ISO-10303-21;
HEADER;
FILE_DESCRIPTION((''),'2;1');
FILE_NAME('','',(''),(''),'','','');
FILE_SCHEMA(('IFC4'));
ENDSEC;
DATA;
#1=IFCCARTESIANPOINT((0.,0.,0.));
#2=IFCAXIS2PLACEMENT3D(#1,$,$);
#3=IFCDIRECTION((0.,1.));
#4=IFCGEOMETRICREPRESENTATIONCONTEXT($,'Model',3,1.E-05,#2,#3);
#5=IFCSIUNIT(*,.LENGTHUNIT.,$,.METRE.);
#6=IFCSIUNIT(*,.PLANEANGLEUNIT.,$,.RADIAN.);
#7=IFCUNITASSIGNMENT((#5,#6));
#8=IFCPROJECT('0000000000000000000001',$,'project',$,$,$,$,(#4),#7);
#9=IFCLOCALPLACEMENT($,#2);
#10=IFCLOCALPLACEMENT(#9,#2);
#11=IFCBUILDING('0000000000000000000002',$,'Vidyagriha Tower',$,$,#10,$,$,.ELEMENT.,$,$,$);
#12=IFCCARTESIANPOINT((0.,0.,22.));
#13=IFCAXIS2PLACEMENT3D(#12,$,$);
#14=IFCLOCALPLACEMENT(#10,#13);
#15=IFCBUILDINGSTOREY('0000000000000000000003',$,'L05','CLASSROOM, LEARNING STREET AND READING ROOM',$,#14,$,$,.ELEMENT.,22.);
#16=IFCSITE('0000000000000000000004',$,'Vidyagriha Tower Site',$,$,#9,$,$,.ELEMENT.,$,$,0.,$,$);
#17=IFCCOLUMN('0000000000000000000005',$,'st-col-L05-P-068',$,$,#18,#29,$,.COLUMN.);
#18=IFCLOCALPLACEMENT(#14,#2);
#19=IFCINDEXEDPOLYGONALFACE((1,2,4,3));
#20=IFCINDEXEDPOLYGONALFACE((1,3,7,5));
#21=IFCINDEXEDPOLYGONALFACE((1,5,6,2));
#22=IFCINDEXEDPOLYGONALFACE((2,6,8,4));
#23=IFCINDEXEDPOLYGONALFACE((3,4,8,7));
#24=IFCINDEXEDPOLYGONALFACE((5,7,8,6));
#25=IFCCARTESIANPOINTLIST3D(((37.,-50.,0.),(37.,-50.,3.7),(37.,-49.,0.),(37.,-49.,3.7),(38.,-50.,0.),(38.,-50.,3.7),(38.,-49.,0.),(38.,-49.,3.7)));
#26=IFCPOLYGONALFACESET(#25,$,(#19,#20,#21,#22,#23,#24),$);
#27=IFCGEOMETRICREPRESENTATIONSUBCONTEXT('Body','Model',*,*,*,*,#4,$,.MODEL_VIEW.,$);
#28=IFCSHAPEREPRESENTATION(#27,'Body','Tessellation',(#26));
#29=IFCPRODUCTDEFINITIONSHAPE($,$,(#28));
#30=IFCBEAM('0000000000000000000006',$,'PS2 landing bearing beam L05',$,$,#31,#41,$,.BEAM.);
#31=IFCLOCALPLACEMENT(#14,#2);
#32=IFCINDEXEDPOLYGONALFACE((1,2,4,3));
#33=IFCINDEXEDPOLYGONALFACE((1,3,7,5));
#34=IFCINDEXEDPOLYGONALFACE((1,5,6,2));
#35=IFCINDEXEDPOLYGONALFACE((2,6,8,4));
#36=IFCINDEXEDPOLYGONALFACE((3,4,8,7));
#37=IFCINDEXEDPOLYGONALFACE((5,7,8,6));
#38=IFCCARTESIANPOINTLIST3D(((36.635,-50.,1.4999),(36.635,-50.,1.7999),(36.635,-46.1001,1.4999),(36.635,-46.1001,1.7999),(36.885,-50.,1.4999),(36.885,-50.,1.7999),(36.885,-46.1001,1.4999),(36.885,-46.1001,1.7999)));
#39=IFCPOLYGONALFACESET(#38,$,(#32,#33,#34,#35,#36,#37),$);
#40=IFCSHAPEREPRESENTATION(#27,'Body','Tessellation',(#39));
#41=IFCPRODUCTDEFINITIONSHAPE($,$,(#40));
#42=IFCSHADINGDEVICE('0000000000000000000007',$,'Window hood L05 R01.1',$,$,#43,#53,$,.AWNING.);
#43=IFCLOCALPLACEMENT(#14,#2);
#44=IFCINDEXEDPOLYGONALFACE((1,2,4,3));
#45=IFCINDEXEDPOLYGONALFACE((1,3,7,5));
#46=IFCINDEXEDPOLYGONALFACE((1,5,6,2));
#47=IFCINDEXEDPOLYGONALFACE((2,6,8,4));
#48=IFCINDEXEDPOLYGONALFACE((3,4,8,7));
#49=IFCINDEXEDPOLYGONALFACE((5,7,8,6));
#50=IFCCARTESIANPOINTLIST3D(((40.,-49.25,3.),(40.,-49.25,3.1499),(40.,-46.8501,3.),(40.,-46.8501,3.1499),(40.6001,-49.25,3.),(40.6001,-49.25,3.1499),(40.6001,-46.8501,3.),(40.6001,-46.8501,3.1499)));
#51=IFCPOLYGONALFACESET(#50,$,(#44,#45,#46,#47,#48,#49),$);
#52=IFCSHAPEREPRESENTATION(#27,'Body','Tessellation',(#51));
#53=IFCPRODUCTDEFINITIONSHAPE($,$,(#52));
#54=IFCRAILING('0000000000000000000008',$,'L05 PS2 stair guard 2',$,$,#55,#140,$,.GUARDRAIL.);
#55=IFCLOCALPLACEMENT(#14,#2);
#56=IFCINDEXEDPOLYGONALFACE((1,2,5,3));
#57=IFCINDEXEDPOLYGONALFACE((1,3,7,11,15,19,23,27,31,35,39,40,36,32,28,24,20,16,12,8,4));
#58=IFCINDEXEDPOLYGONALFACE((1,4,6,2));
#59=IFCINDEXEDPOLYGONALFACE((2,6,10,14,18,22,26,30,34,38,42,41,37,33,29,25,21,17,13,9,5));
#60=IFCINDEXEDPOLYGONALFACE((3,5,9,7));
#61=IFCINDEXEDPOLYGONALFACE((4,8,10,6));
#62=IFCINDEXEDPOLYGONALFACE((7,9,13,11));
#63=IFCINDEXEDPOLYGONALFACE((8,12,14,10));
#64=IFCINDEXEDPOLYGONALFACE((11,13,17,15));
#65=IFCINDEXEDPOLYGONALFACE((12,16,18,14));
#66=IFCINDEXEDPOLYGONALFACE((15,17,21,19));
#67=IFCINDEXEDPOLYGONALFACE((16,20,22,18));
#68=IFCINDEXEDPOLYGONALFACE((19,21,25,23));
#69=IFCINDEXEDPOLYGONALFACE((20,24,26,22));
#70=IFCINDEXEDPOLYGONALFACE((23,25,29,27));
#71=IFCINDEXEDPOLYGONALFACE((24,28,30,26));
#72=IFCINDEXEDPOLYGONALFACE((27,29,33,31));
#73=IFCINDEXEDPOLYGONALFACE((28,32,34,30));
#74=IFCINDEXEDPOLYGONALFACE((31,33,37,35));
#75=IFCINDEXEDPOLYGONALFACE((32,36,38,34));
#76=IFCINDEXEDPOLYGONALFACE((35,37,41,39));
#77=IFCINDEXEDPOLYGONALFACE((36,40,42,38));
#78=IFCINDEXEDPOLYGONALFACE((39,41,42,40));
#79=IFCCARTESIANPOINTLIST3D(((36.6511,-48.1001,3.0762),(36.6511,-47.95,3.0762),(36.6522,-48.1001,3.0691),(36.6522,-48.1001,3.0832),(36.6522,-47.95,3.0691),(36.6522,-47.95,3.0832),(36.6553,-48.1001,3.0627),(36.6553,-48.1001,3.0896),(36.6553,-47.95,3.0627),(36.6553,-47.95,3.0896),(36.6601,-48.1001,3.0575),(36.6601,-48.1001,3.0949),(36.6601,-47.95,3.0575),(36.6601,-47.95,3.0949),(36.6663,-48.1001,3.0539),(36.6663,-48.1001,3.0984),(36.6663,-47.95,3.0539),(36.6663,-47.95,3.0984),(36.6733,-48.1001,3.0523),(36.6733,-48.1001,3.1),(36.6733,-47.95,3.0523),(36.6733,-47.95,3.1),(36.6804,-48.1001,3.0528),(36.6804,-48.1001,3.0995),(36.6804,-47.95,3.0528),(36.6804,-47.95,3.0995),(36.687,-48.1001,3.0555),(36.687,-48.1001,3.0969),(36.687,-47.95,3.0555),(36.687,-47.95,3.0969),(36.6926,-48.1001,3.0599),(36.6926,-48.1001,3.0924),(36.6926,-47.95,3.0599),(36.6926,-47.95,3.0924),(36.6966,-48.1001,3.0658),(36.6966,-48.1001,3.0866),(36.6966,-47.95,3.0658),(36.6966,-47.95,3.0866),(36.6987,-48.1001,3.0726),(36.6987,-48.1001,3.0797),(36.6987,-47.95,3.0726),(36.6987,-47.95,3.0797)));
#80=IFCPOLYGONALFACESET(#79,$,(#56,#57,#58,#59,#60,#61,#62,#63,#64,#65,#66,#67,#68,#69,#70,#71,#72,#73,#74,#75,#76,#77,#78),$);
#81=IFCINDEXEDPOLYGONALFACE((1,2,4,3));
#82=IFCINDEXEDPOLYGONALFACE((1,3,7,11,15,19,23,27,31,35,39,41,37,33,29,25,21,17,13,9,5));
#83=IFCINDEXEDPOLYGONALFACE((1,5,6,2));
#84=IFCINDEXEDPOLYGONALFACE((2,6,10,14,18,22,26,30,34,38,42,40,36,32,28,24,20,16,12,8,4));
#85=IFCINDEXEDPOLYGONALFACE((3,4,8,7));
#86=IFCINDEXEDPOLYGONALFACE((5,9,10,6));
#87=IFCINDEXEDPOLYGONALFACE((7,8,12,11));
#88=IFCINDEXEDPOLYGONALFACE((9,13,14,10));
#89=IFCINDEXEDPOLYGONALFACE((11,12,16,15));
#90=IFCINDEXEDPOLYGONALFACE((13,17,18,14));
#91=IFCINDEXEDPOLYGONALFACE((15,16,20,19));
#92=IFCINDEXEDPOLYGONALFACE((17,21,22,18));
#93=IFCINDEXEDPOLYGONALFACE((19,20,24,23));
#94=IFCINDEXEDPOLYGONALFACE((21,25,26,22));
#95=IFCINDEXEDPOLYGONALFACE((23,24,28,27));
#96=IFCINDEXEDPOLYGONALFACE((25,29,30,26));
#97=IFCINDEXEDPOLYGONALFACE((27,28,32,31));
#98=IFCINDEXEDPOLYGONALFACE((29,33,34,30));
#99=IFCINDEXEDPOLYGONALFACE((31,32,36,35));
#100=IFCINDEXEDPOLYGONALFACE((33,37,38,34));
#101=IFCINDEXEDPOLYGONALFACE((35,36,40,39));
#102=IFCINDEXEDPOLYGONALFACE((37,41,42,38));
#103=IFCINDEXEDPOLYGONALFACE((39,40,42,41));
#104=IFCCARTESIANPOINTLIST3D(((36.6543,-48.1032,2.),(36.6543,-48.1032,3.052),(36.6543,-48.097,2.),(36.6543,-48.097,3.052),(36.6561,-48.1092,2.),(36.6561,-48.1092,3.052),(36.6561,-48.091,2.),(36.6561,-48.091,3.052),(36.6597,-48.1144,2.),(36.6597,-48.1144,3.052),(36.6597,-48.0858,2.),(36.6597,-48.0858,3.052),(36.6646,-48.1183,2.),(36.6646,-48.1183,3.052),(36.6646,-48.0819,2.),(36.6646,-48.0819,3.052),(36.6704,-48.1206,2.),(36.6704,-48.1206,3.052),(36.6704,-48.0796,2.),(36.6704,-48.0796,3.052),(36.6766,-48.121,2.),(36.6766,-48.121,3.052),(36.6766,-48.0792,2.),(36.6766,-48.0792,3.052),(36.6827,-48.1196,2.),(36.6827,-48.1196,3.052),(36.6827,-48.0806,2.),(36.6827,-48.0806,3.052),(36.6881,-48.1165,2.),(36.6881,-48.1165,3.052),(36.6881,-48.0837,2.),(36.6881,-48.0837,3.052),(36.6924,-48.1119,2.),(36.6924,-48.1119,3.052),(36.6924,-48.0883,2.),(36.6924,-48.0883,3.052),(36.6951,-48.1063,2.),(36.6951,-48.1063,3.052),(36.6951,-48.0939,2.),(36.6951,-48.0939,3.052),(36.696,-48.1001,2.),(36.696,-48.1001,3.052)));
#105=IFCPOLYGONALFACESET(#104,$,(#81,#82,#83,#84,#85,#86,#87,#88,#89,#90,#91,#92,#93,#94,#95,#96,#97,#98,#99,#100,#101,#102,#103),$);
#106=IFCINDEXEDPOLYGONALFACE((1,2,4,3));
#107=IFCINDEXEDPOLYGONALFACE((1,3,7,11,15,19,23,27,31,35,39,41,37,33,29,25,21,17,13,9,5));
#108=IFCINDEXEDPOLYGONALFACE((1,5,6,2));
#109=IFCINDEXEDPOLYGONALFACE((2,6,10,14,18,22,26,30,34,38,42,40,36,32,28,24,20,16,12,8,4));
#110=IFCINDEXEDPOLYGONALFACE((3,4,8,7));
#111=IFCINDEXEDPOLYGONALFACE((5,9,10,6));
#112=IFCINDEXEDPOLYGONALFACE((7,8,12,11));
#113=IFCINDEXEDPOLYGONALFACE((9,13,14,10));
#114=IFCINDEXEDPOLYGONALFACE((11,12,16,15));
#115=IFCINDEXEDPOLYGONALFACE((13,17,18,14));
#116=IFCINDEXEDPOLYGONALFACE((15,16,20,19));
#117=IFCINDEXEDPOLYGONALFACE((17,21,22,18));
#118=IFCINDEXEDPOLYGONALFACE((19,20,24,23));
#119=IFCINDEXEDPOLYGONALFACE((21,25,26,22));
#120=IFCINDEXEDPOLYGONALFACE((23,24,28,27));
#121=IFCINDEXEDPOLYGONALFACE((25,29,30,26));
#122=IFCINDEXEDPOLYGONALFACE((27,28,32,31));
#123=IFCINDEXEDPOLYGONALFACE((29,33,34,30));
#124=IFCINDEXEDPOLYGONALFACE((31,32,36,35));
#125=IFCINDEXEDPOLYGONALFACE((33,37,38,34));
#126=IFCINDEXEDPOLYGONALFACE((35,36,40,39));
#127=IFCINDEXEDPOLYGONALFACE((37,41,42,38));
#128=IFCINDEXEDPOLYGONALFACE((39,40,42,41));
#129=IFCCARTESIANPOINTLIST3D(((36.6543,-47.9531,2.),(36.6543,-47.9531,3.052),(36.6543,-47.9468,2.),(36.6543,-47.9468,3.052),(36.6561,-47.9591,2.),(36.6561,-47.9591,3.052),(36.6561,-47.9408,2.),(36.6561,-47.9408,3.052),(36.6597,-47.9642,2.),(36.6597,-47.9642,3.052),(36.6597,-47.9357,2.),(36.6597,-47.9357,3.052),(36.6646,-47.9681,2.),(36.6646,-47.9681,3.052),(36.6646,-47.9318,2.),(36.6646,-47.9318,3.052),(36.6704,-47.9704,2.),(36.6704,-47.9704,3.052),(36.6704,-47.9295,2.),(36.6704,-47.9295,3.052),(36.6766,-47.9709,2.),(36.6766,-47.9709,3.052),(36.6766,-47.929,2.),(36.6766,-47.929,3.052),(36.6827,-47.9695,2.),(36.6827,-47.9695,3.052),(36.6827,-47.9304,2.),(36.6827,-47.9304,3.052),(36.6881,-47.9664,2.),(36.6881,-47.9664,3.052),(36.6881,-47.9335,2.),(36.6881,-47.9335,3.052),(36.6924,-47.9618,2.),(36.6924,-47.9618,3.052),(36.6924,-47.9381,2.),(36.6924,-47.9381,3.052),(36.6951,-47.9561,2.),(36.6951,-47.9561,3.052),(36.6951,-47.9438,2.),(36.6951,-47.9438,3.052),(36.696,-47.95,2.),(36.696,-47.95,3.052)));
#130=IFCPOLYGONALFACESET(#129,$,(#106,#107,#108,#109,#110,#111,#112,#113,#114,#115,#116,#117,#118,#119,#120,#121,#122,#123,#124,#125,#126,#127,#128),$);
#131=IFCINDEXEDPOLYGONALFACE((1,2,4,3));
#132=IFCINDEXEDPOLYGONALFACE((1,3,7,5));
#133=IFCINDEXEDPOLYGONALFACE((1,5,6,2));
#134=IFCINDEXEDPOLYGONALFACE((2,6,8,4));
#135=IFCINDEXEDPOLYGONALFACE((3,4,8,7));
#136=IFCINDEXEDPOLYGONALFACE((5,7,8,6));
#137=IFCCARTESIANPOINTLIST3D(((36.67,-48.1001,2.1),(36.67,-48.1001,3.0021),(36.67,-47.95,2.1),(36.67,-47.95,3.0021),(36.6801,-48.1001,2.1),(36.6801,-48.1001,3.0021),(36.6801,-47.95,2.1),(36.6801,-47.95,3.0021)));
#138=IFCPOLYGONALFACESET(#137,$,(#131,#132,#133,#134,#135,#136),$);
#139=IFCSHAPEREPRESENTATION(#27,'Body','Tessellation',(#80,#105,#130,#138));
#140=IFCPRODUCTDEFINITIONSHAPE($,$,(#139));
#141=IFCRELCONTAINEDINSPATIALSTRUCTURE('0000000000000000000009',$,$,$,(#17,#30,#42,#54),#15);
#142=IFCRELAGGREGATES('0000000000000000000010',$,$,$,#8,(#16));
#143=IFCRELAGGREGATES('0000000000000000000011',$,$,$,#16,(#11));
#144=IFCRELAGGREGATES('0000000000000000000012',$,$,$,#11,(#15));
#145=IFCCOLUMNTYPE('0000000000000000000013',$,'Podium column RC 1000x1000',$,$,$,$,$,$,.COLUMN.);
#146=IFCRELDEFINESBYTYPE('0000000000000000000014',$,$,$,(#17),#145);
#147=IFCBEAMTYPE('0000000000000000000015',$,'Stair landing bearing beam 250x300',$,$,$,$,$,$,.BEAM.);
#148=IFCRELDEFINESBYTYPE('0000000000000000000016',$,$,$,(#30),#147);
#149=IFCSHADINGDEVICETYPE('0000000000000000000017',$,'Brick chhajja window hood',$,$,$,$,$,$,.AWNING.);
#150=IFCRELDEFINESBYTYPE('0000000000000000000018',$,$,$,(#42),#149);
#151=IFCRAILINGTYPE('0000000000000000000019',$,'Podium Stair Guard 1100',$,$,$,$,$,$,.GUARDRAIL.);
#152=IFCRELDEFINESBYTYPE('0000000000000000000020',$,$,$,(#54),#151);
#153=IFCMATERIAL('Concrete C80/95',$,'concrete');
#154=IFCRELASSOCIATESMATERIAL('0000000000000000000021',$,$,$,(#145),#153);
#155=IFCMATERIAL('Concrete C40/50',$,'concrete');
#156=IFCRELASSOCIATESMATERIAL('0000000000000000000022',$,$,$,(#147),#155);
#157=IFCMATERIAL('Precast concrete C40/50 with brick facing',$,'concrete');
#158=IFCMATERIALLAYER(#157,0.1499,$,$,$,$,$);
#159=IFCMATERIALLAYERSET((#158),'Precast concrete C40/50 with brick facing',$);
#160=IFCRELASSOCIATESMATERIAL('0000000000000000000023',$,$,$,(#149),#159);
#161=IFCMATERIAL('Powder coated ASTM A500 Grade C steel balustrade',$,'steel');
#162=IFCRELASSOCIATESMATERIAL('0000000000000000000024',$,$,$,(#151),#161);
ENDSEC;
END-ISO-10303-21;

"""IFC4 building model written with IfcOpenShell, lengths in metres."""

from ifc_helpers import new_model, si_unit, direction, frame, origin, origin_2d, place, context, subcontext, project, spatial, rectangle, circle, extrude, material, layer, layer_set, material_profile, profile_set, type_object, element, save


model = new_model("IFC4")

# Units and contexts
model_context = context("Model", 3, precision=1e-05, world=origin(), true_north=direction((0.0, 1.0)))
body_context = subcontext(model_context, "Body", "Model", "MODEL_VIEW")
ifc_project = project(units=[si_unit("LENGTHUNIT", "METRE"), si_unit("PLANEANGLEUNIT", "RADIAN")], contexts=[model_context])

# Site, building, storey
site_placement = place(None, origin())
site = spatial("IfcSite", under=ifc_project, at=site_placement, Name="Vidyagriha Tower Site", CompositionType="ELEMENT", RefElevation=0.0)
building_placement = place(site_placement, origin())
building = spatial("IfcBuilding", under=site, at=building_placement, Name="Vidyagriha Tower", CompositionType="ELEMENT")
storey_placement = place(building_placement, frame((0.0, 0.0, 22.0)))
storey = spatial("IfcBuildingStorey", under=building, at=storey_placement, Name="L05", Description="CLASSROOM, LEARNING STREET AND READING ROOM", CompositionType="ELEMENT", Elevation=22.0)

# Column
ifc_material_1 = material(Name="Concrete C80/95", Category="concrete")
ifc_material_profile_1 = material_profile(ifc_material_1, rectangle(XDim=1.0, YDim=1.0, at=origin_2d()), Name="RC 1000x1000")
ifc_profile_set_1 = profile_set([ifc_material_profile_1], Name="Concrete C80/95")
column_type = type_object("IfcColumnType", Name="Podium column RC 1000x1000", PredefinedType="COLUMN", material=ifc_profile_set_1)
column_placement = place(storey_placement, frame((37.5, -49.5, 0.0)))
element("IfcColumn", 1, at=column_placement, inside=storey, type_object=column_type, Name="st-col-L05-P-068", PredefinedType="COLUMN", context=body_context, shape_type="SweptSolid", body=[
    extrude(rectangle(XDim=1.0, YDim=1.0, at=origin_2d()), origin(), (0.0, 0.0, 1.0), 3.7),
])

# Beam
ifc_material_2 = material(Name="Concrete C40/50", Category="concrete")
ifc_material_profile_2 = material_profile(ifc_material_2, rectangle(XDim=0.25, YDim=0.3, at=origin_2d()), Name="Stair landing bearing beam 250x300")
ifc_profile_set_2 = profile_set([ifc_material_profile_2], Name="Concrete C40/50")
beam_type = type_object("IfcBeamType", Name="Stair landing bearing beam 250x300", PredefinedType="BEAM", material=ifc_profile_set_2)
beam_placement = place(storey_placement, frame((36.76, -50.0, 1.6499), z_axis=(0.0, 1.0, 0.0), x_axis=(-1.0, 0.0, 0.0)))
element("IfcBeam", 2, at=beam_placement, inside=storey, type_object=beam_type, Name="PS2 landing bearing beam L05", PredefinedType="BEAM", context=body_context, shape_type="SweptSolid", body=[
    extrude(rectangle(XDim=0.25, YDim=0.3, at=origin_2d()), origin(), (0.0, 0.0, 1.0), 3.8999),
])

# Shading device
ifc_material_3 = material(Name="Precast concrete C40/50 with brick facing", Category="concrete")
ifc_layer_1 = layer(ifc_material_3, 0.1499)
ifc_layer_set_1 = layer_set([ifc_layer_1], Name="Precast concrete C40/50 with brick facing")
shading_device_type = type_object("IfcShadingDeviceType", Name="Brick chhajja window hood", PredefinedType="AWNING", material=ifc_layer_set_1)
shading_device_placement = place(storey_placement, frame((40.3, -48.05, 3.0), z_axis=(0.0, 0.0, 1.0), x_axis=(0.0, 1.0, 0.0)))
element("IfcShadingDevice", 3, at=shading_device_placement, inside=storey, type_object=shading_device_type, Name="Window hood L05 R01.1", PredefinedType="AWNING", context=body_context, shape_type="SweptSolid", body=[
    extrude(rectangle(XDim=2.3999, YDim=0.6001, at=origin_2d()), origin(), (0.0, 0.0, 1.0), 0.1499),
])

# Railing
ifc_material_4 = material(Name="Powder coated ASTM A500 Grade C steel balustrade", Category="steel")
railing_type = type_object("IfcRailingType", Name="Podium Stair Guard 1100", PredefinedType="GUARDRAIL", material=ifc_material_4)
railing_placement = place(storey_placement, frame((36.675, -48.1001, 2.0)))
element("IfcRailing", 4, at=railing_placement, inside=storey, type_object=railing_type, Name="L05 PS2 stair guard 2", PredefinedType="GUARDRAIL", context=body_context, shape_type="SweptSolid", body=[
    extrude(circle(Radius=0.0239, at=origin_2d()), frame((0.0, 0.0, 1.0762), z_axis=(0.0, 1.0, 0.0), x_axis=(-1.0, 0.0, 0.0)), (0.0, 0.0, 1.0), 0.1501),
    extrude(circle(Radius=0.021, at=origin_2d()), origin(), (0.0, 0.0, 1.0), 1.052),
    extrude(circle(Radius=0.021, at=origin_2d()), frame((0.0, 0.1501, 0.0)), (0.0, 0.0, 1.0), 1.052),
    extrude(rectangle(XDim=0.01, YDim=0.9021, at=origin_2d()), frame((0.0, 0.0, 0.551), z_axis=(0.0, 1.0, 0.0), x_axis=(-1.0, 0.0, 0.0)), (0.0, 0.0, 1.0), 0.1501),
])

save(model, "model.ifc")
